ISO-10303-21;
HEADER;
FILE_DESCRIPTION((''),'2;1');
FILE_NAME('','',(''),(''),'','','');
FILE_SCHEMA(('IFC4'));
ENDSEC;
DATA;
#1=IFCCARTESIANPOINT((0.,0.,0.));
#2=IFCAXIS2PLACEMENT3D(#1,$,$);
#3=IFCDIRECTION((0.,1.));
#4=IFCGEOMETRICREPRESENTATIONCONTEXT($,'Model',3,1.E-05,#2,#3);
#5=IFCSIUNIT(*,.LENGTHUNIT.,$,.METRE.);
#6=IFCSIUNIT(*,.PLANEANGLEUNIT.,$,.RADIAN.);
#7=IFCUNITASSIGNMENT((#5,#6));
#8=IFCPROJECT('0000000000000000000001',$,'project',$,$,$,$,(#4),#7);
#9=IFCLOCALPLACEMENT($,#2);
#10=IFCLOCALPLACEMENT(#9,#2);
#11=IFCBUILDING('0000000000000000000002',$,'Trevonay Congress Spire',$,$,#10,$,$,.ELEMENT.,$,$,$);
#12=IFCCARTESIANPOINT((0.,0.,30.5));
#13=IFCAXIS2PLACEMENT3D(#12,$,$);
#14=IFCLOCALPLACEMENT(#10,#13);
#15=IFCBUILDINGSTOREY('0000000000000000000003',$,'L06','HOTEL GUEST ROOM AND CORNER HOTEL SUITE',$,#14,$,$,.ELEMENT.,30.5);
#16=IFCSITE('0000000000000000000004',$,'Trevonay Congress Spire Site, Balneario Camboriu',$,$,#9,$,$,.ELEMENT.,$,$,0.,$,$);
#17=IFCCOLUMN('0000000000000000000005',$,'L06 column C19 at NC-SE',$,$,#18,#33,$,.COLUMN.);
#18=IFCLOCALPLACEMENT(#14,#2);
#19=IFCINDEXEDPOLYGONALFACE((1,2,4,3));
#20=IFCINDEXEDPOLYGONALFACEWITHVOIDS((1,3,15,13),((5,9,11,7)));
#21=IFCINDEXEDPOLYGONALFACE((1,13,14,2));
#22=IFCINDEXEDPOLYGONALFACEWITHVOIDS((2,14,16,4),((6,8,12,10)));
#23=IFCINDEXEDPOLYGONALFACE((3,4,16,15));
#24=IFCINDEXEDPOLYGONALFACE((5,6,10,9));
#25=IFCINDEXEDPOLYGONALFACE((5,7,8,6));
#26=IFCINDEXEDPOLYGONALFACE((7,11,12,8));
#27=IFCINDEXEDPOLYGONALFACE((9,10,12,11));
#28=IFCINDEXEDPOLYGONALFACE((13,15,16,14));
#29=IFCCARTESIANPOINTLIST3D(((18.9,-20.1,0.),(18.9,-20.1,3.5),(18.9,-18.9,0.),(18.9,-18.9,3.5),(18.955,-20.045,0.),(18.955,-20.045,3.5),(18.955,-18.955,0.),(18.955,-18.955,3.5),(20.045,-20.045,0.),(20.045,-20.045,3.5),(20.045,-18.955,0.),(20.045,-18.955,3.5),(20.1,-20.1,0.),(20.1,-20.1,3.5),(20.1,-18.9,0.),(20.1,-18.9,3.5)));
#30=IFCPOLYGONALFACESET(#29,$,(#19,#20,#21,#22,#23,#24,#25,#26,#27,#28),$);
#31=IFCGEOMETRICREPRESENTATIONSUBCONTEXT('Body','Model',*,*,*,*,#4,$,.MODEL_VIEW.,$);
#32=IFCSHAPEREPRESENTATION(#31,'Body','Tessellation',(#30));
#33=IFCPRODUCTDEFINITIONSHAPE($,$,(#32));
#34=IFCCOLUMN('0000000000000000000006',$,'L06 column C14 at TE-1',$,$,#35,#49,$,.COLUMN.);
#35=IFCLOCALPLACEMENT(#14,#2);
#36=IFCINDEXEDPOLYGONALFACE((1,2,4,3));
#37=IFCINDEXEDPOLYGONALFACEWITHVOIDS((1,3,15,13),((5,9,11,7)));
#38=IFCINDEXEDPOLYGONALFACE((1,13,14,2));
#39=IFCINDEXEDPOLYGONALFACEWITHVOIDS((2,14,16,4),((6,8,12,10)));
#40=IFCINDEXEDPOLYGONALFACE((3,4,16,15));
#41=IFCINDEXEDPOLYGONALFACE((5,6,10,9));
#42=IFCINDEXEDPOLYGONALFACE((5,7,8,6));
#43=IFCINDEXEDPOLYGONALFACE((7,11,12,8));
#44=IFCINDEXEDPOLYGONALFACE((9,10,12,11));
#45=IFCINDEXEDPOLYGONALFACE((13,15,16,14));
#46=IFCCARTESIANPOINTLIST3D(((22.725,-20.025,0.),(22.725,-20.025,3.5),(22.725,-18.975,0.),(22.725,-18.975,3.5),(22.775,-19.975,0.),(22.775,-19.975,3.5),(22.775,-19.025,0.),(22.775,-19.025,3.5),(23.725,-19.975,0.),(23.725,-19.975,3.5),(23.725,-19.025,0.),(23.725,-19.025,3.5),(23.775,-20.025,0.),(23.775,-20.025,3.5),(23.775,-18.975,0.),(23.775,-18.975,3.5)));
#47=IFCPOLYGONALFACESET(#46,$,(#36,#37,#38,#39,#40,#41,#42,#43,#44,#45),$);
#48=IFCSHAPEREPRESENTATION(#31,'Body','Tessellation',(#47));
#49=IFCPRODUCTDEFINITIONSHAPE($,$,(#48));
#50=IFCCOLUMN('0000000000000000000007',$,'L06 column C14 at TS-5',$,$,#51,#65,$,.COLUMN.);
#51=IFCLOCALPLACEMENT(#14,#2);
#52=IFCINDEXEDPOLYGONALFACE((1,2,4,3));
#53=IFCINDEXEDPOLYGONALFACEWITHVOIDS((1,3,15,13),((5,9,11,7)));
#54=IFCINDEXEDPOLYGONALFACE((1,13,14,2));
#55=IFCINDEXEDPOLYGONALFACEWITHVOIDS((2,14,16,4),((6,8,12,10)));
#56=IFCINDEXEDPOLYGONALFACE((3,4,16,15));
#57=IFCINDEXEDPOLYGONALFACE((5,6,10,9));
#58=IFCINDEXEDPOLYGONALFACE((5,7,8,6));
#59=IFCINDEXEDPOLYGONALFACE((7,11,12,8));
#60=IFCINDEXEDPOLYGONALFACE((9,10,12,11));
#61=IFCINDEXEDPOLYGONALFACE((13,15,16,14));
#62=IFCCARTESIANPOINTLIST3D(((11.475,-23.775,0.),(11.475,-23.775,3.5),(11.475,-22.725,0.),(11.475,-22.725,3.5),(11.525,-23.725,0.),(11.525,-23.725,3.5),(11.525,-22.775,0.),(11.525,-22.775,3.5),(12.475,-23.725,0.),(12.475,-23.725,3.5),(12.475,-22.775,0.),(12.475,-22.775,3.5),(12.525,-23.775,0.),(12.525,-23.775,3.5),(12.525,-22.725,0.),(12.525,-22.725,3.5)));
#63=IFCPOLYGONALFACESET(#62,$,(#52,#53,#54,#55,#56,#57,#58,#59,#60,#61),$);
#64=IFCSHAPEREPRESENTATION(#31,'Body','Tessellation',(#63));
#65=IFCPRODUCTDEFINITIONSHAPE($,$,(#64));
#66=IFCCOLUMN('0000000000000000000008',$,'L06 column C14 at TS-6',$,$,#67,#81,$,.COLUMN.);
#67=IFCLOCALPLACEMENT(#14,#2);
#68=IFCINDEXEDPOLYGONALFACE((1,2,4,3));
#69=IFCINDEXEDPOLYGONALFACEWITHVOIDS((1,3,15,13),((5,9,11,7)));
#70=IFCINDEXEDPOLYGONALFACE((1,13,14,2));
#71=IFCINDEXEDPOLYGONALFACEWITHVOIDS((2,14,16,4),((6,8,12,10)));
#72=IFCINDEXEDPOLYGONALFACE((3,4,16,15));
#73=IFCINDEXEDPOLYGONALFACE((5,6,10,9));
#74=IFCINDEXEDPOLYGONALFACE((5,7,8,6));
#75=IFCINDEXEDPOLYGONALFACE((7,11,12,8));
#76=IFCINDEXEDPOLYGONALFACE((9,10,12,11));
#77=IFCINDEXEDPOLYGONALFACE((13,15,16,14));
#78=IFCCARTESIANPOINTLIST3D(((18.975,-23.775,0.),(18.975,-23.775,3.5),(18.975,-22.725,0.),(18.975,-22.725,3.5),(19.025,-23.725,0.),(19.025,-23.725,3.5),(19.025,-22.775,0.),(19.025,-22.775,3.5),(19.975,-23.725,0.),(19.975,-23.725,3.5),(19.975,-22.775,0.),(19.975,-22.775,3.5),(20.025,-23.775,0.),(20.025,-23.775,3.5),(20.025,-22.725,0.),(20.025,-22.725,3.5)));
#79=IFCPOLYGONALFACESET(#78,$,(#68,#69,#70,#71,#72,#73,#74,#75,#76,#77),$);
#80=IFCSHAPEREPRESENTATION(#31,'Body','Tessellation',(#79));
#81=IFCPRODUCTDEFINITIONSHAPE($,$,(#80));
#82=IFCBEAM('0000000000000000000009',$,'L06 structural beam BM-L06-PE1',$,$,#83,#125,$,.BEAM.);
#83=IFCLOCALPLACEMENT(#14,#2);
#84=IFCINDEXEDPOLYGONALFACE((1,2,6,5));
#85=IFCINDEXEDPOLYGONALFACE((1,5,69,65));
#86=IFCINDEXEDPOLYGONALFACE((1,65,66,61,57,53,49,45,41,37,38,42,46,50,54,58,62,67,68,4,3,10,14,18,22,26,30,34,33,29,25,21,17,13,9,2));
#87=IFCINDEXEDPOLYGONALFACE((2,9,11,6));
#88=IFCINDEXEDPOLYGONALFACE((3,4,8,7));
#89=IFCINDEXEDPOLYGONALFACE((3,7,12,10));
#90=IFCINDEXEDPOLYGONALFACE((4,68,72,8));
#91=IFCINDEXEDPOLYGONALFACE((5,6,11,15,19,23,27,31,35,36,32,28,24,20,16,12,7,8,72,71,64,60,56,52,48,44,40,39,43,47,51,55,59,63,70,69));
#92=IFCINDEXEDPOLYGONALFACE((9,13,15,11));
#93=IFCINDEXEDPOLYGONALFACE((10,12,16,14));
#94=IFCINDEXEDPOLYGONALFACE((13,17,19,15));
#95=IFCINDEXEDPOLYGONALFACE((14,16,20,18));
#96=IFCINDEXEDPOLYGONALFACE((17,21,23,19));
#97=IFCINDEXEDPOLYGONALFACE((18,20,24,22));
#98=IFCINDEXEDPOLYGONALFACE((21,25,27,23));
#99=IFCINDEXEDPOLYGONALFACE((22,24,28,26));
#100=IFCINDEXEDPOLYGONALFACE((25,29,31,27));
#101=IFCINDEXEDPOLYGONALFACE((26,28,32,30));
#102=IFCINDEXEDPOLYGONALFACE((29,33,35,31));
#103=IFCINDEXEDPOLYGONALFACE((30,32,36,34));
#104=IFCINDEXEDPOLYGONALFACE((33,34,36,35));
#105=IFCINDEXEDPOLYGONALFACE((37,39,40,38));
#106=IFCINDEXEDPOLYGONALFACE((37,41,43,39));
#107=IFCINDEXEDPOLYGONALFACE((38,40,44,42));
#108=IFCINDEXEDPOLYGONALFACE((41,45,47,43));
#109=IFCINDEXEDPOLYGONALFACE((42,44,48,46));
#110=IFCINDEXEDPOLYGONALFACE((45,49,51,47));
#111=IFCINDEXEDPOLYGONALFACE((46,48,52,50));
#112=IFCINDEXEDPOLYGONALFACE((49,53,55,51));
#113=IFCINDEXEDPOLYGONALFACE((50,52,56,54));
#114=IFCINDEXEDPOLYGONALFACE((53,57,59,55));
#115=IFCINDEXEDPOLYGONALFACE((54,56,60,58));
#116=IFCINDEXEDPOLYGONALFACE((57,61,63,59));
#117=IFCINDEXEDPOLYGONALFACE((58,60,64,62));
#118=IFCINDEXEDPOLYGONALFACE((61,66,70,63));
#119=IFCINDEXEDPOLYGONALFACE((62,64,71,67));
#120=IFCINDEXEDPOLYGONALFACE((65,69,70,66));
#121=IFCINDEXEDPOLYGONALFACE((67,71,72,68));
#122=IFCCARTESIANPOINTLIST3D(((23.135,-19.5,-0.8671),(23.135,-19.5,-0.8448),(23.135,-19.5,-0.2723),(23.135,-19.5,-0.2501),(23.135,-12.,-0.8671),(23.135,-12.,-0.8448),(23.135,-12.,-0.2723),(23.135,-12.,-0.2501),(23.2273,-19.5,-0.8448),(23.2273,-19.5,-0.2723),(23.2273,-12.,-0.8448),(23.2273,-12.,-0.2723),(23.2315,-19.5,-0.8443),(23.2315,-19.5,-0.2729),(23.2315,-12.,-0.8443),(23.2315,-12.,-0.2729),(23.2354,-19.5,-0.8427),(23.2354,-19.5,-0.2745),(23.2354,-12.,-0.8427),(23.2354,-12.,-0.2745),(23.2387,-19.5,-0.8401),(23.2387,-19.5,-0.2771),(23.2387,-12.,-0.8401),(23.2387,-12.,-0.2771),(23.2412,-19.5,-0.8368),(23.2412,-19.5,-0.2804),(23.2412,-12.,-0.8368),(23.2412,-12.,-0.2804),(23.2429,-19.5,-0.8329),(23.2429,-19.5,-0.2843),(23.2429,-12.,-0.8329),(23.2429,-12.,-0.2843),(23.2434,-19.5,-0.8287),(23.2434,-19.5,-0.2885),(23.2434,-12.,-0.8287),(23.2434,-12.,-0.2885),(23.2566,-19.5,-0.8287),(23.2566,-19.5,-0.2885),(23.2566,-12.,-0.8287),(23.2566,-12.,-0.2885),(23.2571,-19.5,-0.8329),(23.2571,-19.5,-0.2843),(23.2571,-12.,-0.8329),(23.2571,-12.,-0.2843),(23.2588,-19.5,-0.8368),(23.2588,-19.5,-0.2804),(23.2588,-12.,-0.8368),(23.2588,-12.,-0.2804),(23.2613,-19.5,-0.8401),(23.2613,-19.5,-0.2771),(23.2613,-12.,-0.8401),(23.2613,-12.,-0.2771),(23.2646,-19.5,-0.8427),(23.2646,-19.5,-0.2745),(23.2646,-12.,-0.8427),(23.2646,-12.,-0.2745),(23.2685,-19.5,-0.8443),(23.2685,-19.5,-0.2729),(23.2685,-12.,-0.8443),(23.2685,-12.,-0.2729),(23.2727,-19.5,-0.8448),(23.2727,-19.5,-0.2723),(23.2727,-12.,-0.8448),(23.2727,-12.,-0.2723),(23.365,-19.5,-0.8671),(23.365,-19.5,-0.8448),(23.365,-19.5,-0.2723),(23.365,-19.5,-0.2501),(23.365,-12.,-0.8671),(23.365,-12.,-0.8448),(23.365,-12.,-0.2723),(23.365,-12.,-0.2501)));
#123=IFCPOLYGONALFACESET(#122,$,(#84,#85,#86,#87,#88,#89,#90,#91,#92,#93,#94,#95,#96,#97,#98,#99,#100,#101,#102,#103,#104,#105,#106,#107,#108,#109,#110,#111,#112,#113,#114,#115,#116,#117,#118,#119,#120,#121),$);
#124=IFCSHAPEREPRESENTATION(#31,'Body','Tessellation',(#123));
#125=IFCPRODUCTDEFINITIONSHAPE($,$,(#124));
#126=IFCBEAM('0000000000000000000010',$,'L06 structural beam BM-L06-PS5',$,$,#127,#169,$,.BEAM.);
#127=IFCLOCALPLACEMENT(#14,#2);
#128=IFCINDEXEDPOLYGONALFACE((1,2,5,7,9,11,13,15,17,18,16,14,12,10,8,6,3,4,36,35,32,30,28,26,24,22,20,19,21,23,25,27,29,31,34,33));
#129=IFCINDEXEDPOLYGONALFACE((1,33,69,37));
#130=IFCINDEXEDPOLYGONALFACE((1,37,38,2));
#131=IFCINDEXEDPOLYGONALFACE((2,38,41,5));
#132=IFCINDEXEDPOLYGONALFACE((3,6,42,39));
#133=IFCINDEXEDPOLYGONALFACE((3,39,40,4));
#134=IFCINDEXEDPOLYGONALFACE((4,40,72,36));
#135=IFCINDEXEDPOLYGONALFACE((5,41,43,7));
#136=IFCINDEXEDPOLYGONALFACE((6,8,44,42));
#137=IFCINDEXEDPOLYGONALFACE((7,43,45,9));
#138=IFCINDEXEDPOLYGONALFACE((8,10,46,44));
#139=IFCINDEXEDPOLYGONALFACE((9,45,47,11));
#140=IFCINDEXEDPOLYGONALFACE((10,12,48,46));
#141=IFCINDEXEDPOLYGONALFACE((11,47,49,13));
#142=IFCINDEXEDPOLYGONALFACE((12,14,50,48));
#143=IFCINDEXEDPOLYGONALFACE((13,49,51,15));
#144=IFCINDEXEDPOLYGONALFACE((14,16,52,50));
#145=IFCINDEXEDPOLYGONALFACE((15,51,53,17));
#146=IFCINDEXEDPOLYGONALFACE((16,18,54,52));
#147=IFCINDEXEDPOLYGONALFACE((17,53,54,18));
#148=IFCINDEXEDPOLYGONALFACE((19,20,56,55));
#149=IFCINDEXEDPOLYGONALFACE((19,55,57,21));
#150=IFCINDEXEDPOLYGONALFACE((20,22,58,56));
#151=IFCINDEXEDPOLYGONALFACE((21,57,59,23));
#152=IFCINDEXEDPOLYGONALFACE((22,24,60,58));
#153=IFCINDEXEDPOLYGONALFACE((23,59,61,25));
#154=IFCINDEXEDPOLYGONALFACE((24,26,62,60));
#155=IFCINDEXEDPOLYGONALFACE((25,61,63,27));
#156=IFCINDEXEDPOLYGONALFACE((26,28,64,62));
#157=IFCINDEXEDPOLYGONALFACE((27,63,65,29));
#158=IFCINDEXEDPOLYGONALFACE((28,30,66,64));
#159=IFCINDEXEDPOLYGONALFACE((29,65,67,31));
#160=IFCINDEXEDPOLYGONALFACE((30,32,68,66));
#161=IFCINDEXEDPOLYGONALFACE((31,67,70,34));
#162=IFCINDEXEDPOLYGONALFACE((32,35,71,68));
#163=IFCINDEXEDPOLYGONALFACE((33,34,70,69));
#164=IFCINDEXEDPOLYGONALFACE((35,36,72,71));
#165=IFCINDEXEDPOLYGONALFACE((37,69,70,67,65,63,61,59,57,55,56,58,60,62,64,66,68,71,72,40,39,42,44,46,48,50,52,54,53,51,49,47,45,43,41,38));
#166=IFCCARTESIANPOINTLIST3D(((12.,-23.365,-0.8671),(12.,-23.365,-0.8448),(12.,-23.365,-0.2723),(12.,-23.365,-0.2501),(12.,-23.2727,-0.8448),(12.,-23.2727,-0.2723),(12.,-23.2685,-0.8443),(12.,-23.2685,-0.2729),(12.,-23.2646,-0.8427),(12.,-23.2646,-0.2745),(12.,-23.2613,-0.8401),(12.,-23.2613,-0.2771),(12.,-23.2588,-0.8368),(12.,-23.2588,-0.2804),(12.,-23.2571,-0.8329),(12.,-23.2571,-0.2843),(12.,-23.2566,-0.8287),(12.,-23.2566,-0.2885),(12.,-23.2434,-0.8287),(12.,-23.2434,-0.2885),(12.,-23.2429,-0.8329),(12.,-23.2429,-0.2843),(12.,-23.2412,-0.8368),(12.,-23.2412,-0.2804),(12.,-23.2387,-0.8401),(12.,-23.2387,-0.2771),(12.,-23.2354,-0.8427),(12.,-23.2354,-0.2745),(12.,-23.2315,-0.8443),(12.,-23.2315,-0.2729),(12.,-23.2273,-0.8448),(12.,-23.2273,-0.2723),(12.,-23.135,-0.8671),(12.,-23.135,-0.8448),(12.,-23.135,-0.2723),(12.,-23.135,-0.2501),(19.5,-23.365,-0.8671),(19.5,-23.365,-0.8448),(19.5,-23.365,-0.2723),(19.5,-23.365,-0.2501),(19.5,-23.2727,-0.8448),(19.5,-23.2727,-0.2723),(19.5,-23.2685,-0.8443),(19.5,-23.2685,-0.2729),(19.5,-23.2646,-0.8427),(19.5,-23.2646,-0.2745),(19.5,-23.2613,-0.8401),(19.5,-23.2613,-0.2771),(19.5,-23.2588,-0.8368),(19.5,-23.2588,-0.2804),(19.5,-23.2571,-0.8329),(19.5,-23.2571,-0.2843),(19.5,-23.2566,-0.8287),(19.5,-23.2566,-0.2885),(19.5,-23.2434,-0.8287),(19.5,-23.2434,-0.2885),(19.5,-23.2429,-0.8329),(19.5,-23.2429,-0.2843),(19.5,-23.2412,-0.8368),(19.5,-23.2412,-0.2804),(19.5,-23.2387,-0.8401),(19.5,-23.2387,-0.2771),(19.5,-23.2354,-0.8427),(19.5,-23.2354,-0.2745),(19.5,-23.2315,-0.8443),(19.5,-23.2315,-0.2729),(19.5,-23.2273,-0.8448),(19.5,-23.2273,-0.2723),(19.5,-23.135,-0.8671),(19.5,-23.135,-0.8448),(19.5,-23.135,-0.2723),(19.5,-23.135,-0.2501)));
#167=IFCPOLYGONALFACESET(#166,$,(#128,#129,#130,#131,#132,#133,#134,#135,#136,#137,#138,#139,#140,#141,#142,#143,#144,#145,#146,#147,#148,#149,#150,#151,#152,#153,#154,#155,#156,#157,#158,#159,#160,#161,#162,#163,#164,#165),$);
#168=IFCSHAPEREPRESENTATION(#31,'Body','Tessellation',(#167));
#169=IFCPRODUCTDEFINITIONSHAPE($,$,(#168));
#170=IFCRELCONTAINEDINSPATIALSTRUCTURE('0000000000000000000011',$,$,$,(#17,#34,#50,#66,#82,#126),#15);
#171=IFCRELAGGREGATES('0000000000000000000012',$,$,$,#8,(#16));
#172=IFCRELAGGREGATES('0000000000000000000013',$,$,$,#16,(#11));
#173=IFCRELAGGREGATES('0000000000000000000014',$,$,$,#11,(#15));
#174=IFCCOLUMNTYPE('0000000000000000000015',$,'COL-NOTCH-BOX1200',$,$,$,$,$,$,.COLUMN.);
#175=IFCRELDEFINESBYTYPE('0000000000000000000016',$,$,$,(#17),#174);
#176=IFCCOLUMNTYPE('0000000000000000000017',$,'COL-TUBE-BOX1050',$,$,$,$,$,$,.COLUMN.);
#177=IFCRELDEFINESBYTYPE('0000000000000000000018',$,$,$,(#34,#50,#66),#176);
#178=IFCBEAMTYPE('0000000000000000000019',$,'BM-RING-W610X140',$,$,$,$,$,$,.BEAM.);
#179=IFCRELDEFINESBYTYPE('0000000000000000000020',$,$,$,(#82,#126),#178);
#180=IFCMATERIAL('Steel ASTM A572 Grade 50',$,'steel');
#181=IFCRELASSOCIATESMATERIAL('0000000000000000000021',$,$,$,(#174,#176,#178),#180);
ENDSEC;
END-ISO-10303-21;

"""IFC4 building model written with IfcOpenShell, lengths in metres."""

from ifc_helpers import new_model, si_unit, direction, frame, origin, origin_2d, place, context, subcontext, project, spatial, hollow_rectangle, i_section, extrude, material, material_profile, profile_set, type_object, element, save


model = new_model("IFC4")

# Units and contexts
model_context = context("Model", 3, precision=1e-05, world=origin(), true_north=direction((0.0, 1.0)))
body_context = subcontext(model_context, "Body", "Model", "MODEL_VIEW")
ifc_project = project(units=[si_unit("LENGTHUNIT", "METRE"), si_unit("PLANEANGLEUNIT", "RADIAN")], contexts=[model_context])

# Site, building, storey
site_placement = place(None, origin())
site = spatial("IfcSite", under=ifc_project, at=site_placement, Name="Trevonay Congress Spire Site, Balneario Camboriu", CompositionType="ELEMENT", RefElevation=0.0)
building_placement = place(site_placement, origin())
building = spatial("IfcBuilding", under=site, at=building_placement, Name="Trevonay Congress Spire", CompositionType="ELEMENT")
storey_placement = place(building_placement, frame((0.0, 0.0, 30.5)))
storey = spatial("IfcBuildingStorey", under=building, at=storey_placement, Name="L06", Description="HOTEL GUEST ROOM AND CORNER HOTEL SUITE", CompositionType="ELEMENT", Elevation=30.5)

# Columns
ifc_material_1 = material(Name="Steel ASTM A572 Grade 50", Category="steel")
ifc_material_profile_1 = material_profile(ifc_material_1, hollow_rectangle(XDim=1.2, YDim=1.2, WallThickness=0.0549, at=origin_2d()), Name="BOX 1200x1200x55")
ifc_profile_set_1 = profile_set([ifc_material_profile_1], Name="Steel ASTM A572 Grade 50")
column_type_1 = type_object("IfcColumnType", Name="COL-NOTCH-BOX1200", PredefinedType="COLUMN", material=ifc_profile_set_1)
column_placement = place(storey_placement, frame((19.5, -19.5, 0.0), z_axis=(0.0, 0.0, 1.0), x_axis=(1.0, 0.0, 0.0)))
element("IfcColumn", 1, at=column_placement, inside=storey, type_object=column_type_1, Name="L06 column C19 at NC-SE", PredefinedType="COLUMN", context=body_context, shape_type="SweptSolid", body=[
    extrude(hollow_rectangle(XDim=1.2, YDim=1.2, WallThickness=0.0549, at=origin_2d()), origin(), (0.0, 0.0, 1.0), 3.5),
])
ifc_material_profile_2 = material_profile(ifc_material_1, hollow_rectangle(XDim=1.05, YDim=1.05, WallThickness=0.05, at=origin_2d()), Name="BOX 1050x1050x50")
ifc_profile_set_2 = profile_set([ifc_material_profile_2], Name="Steel ASTM A572 Grade 50")
column_type_2 = type_object("IfcColumnType", Name="COL-TUBE-BOX1050", PredefinedType="COLUMN", material=ifc_profile_set_2)
for number, where, z_axis, x_axis, name in (
    (2, (23.25, -19.5, 0.0), (0.0, 0.0, 1.0), (1.0, 0.0, 0.0), "L06 column C14 at TE-1"),
    (3, (12.0, -23.25, 0.0), (0.0, 0.0, 1.0), (1.0, 0.0, 0.0), "L06 column C14 at TS-5"),
    (4, (19.5, -23.25, 0.0), (0.0, 0.0, 1.0), (1.0, 0.0, 0.0), "L06 column C14 at TS-6"),
):
    element("IfcColumn", number, at=place(storey_placement, frame(where, z_axis=z_axis, x_axis=x_axis)), inside=storey, type_object=column_type_2, Name=name, PredefinedType="COLUMN", context=body_context, shape_type="SweptSolid", body=[
        extrude(hollow_rectangle(XDim=1.05, YDim=1.05, WallThickness=0.05, at=origin_2d()), origin(), (0.0, 0.0, 1.0), 3.5),
    ])

# Beams
ifc_material_profile_3 = material_profile(ifc_material_1, i_section(OverallWidth=0.23, OverallDepth=0.6169, WebThickness=0.0132, FlangeThickness=0.0222, FilletRadius=0.0161, at=origin_2d()), Name="W610x140")
ifc_profile_set_3 = profile_set([ifc_material_profile_3], Name="Steel ASTM A572 Grade 50")
beam_type = type_object("IfcBeamType", Name="BM-RING-W610X140", PredefinedType="BEAM", material=ifc_profile_set_3)
for number, where, z_axis, x_axis, name in (
    (5, (23.25, -19.5, -0.5586), (0.0, 1.0, 0.0), (-1.0, 0.0, 0.0), "L06 structural beam BM-L06-PE1"),
    (6, (12.0, -23.25, -0.5586), (1.0, 0.0, 0.0), (0.0, 1.0, 0.0), "L06 structural beam BM-L06-PS5"),
):
    element("IfcBeam", number, at=place(storey_placement, frame(where, z_axis=z_axis, x_axis=x_axis)), inside=storey, type_object=beam_type, Name=name, PredefinedType="BEAM", context=body_context, shape_type="SweptSolid", body=[
        extrude(i_section(OverallWidth=0.23, OverallDepth=0.6169, WebThickness=0.0132, FlangeThickness=0.0222, FilletRadius=0.0161, at=origin_2d()), origin(), (0.0, 0.0, 1.0), 7.5),
    ])

save(model, "model.ifc")
